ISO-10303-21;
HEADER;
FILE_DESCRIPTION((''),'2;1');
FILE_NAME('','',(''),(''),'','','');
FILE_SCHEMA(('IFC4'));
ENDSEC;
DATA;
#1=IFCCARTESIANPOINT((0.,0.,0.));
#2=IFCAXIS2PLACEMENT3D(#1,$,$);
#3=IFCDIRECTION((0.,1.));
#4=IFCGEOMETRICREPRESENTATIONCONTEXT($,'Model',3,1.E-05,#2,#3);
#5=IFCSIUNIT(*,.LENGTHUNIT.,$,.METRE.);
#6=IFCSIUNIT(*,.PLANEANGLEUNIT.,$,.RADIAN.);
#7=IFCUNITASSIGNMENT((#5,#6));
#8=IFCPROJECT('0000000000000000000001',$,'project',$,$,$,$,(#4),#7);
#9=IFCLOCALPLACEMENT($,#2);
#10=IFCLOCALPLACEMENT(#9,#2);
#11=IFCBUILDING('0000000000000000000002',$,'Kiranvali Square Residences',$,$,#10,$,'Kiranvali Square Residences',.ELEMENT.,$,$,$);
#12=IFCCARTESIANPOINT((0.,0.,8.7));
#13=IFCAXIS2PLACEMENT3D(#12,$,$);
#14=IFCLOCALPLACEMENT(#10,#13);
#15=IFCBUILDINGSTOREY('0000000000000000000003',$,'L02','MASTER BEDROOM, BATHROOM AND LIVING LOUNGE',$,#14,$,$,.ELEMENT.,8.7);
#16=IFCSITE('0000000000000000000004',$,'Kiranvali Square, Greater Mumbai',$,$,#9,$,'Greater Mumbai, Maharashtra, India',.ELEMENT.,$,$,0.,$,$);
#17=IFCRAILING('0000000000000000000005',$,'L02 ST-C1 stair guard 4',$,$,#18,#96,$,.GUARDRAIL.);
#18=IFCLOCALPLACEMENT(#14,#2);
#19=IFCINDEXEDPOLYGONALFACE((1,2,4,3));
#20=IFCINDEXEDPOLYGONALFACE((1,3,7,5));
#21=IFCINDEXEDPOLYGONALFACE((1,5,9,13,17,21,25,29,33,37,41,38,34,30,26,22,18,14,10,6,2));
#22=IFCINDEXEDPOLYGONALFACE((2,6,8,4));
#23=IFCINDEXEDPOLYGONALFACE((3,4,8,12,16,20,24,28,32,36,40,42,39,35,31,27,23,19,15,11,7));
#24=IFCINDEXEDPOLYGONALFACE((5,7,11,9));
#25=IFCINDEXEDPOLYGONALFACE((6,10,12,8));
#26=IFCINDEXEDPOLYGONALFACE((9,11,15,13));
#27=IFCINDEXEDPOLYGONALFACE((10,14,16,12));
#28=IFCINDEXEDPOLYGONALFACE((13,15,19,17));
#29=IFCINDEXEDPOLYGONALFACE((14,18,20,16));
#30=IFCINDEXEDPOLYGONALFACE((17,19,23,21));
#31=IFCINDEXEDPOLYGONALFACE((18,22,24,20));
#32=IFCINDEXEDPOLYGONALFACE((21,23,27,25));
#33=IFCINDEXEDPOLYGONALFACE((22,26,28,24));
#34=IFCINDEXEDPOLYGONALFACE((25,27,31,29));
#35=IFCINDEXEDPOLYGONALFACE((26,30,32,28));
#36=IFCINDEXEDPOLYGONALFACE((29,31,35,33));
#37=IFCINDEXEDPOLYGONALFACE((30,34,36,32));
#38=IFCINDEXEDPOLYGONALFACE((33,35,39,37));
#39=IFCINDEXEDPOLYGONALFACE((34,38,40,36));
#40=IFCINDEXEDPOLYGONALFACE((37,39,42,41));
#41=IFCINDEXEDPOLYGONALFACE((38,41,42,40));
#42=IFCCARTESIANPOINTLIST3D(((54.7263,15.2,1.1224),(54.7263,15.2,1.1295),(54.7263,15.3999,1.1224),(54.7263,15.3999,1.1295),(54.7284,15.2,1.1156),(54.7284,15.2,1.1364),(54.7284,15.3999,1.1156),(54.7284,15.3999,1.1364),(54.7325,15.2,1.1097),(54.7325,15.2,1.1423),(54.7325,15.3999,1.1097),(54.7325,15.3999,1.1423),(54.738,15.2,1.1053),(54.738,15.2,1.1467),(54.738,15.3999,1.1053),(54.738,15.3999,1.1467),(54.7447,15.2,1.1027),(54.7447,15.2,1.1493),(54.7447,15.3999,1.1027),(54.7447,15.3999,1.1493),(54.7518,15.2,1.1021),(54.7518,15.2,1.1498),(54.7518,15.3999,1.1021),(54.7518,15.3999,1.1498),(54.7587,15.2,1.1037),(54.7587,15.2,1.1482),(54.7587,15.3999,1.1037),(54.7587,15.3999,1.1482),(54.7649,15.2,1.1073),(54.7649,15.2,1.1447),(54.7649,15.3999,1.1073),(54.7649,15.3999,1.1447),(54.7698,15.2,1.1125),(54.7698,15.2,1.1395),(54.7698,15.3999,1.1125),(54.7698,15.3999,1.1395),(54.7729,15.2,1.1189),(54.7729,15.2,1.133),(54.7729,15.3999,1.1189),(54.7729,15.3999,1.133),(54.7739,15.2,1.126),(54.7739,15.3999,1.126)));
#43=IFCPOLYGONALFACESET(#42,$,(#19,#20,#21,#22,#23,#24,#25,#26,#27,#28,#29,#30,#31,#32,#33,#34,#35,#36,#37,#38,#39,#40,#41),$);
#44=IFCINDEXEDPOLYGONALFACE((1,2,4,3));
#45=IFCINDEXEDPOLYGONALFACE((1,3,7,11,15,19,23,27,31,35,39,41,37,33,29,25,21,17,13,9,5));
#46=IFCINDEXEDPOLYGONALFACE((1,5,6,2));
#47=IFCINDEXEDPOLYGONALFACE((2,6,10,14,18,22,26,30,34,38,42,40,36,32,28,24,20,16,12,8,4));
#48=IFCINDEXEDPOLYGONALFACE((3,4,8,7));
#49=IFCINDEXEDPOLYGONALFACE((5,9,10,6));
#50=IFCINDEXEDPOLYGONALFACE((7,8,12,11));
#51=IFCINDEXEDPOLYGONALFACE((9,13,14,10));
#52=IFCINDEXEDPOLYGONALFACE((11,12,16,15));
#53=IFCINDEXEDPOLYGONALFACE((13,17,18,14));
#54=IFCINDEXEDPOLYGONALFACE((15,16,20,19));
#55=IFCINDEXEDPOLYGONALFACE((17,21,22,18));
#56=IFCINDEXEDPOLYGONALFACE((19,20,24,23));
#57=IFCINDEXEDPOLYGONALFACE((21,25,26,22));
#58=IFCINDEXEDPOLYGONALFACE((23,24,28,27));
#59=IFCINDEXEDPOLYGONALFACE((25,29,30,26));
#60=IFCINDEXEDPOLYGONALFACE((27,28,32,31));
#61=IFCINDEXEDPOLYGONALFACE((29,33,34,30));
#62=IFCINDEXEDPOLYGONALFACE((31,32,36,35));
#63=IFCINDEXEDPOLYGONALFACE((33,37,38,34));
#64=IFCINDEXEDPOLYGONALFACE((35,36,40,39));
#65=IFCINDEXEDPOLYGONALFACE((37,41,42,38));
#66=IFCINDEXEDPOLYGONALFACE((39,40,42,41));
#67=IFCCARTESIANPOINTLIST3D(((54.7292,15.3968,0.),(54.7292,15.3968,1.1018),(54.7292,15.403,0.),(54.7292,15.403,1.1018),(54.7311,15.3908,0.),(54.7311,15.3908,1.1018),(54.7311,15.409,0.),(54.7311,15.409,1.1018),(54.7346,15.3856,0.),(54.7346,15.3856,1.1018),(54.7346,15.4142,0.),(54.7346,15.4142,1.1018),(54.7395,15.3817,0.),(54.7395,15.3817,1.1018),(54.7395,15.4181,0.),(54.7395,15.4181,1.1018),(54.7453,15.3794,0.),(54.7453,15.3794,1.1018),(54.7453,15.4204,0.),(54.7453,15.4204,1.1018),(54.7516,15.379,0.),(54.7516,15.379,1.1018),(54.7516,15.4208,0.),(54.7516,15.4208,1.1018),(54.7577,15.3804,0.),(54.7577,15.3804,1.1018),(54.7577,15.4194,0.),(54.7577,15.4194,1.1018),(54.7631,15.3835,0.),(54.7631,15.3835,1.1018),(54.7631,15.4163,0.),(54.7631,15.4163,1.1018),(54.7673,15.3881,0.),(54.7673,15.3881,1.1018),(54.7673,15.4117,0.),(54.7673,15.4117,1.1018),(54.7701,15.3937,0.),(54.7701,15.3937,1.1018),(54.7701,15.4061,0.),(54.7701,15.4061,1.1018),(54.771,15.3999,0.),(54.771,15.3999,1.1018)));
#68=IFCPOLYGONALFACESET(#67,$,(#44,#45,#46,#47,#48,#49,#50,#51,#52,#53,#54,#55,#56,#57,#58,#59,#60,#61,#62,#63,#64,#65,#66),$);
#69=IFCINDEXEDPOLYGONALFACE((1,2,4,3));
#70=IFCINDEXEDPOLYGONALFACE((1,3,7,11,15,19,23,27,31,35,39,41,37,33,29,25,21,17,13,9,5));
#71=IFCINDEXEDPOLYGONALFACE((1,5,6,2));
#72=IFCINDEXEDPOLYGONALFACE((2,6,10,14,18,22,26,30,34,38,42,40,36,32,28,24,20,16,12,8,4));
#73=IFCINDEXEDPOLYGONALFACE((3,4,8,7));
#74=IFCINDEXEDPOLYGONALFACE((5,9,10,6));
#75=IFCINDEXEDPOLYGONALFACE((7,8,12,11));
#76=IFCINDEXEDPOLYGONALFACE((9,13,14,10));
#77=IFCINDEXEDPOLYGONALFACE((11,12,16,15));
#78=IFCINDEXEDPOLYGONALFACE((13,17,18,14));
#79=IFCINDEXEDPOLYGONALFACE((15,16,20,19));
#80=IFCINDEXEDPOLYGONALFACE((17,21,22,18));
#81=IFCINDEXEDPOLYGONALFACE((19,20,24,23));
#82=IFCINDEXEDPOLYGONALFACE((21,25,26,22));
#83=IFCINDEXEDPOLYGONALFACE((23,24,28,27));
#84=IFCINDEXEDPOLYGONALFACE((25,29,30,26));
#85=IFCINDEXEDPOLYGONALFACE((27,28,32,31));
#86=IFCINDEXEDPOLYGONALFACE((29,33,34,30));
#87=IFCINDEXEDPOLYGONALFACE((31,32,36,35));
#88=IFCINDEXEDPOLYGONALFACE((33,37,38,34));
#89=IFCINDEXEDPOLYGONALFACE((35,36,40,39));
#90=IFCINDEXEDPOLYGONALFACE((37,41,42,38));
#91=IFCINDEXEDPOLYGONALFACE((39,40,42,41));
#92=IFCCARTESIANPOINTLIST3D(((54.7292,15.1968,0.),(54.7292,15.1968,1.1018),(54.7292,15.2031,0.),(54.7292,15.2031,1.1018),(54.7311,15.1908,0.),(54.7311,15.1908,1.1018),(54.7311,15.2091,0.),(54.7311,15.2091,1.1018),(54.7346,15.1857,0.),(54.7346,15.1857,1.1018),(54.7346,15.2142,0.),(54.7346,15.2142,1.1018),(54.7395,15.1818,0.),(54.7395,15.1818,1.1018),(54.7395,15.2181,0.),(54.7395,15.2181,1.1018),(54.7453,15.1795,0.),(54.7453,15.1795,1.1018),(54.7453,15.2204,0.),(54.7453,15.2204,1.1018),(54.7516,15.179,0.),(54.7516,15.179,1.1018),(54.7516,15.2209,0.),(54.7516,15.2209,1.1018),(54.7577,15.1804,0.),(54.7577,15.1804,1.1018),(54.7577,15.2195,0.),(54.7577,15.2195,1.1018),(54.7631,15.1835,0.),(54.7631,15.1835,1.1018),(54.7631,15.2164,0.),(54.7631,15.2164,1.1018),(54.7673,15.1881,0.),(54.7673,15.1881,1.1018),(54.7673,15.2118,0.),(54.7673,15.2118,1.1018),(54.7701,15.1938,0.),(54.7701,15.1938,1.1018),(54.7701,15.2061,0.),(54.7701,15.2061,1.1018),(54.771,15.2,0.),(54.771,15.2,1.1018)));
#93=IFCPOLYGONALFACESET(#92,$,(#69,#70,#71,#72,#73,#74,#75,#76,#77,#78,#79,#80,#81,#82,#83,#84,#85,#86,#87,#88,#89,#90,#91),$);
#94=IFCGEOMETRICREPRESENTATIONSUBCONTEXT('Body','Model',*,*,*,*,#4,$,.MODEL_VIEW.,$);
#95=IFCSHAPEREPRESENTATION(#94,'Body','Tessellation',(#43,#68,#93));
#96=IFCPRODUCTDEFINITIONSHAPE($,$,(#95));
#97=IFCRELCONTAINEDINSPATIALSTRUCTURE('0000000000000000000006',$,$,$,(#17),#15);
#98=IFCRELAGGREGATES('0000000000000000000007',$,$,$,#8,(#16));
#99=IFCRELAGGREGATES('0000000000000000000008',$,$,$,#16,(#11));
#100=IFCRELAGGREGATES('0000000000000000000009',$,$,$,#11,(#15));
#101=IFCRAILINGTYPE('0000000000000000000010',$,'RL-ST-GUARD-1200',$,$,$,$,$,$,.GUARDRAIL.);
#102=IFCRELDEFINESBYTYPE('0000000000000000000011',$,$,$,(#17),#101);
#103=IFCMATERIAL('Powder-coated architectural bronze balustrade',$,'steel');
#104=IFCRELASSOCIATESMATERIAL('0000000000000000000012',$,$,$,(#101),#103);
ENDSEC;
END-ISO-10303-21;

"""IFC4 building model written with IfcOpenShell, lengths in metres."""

from ifc_helpers import new_model, si_unit, direction, frame, origin, origin_2d, place, context, subcontext, project, spatial, circle, extrude, material, type_object, element, save


model = new_model("IFC4")

# Units and contexts
model_context = context("Model", 3, precision=1e-05, world=origin(), true_north=direction((0.0, 1.0)))
body_context = subcontext(model_context, "Body", "Model", "MODEL_VIEW")
ifc_project = project(units=[si_unit("LENGTHUNIT", "METRE"), si_unit("PLANEANGLEUNIT", "RADIAN")], contexts=[model_context])

# Site, building, storey
site_placement = place(None, origin())
site = spatial("IfcSite", under=ifc_project, at=site_placement, Name="Kiranvali Square, Greater Mumbai", LongName="Greater Mumbai, Maharashtra, India", CompositionType="ELEMENT", RefElevation=0.0)
building_placement = place(site_placement, origin())
building = spatial("IfcBuilding", under=site, at=building_placement, Name="Kiranvali Square Residences", LongName="Kiranvali Square Residences", CompositionType="ELEMENT")
storey_placement = place(building_placement, frame((0.0, 0.0, 8.7)))
storey = spatial("IfcBuildingStorey", under=building, at=storey_placement, Name="L02", Description="MASTER BEDROOM, BATHROOM AND LIVING LOUNGE", CompositionType="ELEMENT", Elevation=8.7)

# Railing
ifc_material_1 = material(Name="Powder-coated architectural bronze balustrade", Category="steel")
railing_type_1 = type_object("IfcRailingType", Name="RL-ST-GUARD-1200", PredefinedType="GUARDRAIL", material=ifc_material_1)
railing_1_placement = place(storey_placement, frame((54.75, 15.3999, 0.0)))
element("IfcRailing", 1, at=railing_1_placement, inside=storey, type_object=railing_type_1, Name="L02 ST-C1 stair guard 4", PredefinedType="GUARDRAIL", context=body_context, shape_type="SweptSolid", body=[
    extrude(circle(Radius=0.0239, at=origin_2d()), frame((0.0, 0.0, 1.126), z_axis=(0.0, -1.0, 0.0), x_axis=(1.0, 0.0, 0.0)), (0.0, 0.0, 1.0), 0.2),
    extrude(circle(Radius=0.021, at=origin_2d()), origin(), (0.0, 0.0, 1.0), 1.1018),
    extrude(circle(Radius=0.021, at=origin_2d()), frame((0.0, -0.2, 0.0)), (0.0, 0.0, 1.0), 1.1018),
])

save(model, "model.ifc")
